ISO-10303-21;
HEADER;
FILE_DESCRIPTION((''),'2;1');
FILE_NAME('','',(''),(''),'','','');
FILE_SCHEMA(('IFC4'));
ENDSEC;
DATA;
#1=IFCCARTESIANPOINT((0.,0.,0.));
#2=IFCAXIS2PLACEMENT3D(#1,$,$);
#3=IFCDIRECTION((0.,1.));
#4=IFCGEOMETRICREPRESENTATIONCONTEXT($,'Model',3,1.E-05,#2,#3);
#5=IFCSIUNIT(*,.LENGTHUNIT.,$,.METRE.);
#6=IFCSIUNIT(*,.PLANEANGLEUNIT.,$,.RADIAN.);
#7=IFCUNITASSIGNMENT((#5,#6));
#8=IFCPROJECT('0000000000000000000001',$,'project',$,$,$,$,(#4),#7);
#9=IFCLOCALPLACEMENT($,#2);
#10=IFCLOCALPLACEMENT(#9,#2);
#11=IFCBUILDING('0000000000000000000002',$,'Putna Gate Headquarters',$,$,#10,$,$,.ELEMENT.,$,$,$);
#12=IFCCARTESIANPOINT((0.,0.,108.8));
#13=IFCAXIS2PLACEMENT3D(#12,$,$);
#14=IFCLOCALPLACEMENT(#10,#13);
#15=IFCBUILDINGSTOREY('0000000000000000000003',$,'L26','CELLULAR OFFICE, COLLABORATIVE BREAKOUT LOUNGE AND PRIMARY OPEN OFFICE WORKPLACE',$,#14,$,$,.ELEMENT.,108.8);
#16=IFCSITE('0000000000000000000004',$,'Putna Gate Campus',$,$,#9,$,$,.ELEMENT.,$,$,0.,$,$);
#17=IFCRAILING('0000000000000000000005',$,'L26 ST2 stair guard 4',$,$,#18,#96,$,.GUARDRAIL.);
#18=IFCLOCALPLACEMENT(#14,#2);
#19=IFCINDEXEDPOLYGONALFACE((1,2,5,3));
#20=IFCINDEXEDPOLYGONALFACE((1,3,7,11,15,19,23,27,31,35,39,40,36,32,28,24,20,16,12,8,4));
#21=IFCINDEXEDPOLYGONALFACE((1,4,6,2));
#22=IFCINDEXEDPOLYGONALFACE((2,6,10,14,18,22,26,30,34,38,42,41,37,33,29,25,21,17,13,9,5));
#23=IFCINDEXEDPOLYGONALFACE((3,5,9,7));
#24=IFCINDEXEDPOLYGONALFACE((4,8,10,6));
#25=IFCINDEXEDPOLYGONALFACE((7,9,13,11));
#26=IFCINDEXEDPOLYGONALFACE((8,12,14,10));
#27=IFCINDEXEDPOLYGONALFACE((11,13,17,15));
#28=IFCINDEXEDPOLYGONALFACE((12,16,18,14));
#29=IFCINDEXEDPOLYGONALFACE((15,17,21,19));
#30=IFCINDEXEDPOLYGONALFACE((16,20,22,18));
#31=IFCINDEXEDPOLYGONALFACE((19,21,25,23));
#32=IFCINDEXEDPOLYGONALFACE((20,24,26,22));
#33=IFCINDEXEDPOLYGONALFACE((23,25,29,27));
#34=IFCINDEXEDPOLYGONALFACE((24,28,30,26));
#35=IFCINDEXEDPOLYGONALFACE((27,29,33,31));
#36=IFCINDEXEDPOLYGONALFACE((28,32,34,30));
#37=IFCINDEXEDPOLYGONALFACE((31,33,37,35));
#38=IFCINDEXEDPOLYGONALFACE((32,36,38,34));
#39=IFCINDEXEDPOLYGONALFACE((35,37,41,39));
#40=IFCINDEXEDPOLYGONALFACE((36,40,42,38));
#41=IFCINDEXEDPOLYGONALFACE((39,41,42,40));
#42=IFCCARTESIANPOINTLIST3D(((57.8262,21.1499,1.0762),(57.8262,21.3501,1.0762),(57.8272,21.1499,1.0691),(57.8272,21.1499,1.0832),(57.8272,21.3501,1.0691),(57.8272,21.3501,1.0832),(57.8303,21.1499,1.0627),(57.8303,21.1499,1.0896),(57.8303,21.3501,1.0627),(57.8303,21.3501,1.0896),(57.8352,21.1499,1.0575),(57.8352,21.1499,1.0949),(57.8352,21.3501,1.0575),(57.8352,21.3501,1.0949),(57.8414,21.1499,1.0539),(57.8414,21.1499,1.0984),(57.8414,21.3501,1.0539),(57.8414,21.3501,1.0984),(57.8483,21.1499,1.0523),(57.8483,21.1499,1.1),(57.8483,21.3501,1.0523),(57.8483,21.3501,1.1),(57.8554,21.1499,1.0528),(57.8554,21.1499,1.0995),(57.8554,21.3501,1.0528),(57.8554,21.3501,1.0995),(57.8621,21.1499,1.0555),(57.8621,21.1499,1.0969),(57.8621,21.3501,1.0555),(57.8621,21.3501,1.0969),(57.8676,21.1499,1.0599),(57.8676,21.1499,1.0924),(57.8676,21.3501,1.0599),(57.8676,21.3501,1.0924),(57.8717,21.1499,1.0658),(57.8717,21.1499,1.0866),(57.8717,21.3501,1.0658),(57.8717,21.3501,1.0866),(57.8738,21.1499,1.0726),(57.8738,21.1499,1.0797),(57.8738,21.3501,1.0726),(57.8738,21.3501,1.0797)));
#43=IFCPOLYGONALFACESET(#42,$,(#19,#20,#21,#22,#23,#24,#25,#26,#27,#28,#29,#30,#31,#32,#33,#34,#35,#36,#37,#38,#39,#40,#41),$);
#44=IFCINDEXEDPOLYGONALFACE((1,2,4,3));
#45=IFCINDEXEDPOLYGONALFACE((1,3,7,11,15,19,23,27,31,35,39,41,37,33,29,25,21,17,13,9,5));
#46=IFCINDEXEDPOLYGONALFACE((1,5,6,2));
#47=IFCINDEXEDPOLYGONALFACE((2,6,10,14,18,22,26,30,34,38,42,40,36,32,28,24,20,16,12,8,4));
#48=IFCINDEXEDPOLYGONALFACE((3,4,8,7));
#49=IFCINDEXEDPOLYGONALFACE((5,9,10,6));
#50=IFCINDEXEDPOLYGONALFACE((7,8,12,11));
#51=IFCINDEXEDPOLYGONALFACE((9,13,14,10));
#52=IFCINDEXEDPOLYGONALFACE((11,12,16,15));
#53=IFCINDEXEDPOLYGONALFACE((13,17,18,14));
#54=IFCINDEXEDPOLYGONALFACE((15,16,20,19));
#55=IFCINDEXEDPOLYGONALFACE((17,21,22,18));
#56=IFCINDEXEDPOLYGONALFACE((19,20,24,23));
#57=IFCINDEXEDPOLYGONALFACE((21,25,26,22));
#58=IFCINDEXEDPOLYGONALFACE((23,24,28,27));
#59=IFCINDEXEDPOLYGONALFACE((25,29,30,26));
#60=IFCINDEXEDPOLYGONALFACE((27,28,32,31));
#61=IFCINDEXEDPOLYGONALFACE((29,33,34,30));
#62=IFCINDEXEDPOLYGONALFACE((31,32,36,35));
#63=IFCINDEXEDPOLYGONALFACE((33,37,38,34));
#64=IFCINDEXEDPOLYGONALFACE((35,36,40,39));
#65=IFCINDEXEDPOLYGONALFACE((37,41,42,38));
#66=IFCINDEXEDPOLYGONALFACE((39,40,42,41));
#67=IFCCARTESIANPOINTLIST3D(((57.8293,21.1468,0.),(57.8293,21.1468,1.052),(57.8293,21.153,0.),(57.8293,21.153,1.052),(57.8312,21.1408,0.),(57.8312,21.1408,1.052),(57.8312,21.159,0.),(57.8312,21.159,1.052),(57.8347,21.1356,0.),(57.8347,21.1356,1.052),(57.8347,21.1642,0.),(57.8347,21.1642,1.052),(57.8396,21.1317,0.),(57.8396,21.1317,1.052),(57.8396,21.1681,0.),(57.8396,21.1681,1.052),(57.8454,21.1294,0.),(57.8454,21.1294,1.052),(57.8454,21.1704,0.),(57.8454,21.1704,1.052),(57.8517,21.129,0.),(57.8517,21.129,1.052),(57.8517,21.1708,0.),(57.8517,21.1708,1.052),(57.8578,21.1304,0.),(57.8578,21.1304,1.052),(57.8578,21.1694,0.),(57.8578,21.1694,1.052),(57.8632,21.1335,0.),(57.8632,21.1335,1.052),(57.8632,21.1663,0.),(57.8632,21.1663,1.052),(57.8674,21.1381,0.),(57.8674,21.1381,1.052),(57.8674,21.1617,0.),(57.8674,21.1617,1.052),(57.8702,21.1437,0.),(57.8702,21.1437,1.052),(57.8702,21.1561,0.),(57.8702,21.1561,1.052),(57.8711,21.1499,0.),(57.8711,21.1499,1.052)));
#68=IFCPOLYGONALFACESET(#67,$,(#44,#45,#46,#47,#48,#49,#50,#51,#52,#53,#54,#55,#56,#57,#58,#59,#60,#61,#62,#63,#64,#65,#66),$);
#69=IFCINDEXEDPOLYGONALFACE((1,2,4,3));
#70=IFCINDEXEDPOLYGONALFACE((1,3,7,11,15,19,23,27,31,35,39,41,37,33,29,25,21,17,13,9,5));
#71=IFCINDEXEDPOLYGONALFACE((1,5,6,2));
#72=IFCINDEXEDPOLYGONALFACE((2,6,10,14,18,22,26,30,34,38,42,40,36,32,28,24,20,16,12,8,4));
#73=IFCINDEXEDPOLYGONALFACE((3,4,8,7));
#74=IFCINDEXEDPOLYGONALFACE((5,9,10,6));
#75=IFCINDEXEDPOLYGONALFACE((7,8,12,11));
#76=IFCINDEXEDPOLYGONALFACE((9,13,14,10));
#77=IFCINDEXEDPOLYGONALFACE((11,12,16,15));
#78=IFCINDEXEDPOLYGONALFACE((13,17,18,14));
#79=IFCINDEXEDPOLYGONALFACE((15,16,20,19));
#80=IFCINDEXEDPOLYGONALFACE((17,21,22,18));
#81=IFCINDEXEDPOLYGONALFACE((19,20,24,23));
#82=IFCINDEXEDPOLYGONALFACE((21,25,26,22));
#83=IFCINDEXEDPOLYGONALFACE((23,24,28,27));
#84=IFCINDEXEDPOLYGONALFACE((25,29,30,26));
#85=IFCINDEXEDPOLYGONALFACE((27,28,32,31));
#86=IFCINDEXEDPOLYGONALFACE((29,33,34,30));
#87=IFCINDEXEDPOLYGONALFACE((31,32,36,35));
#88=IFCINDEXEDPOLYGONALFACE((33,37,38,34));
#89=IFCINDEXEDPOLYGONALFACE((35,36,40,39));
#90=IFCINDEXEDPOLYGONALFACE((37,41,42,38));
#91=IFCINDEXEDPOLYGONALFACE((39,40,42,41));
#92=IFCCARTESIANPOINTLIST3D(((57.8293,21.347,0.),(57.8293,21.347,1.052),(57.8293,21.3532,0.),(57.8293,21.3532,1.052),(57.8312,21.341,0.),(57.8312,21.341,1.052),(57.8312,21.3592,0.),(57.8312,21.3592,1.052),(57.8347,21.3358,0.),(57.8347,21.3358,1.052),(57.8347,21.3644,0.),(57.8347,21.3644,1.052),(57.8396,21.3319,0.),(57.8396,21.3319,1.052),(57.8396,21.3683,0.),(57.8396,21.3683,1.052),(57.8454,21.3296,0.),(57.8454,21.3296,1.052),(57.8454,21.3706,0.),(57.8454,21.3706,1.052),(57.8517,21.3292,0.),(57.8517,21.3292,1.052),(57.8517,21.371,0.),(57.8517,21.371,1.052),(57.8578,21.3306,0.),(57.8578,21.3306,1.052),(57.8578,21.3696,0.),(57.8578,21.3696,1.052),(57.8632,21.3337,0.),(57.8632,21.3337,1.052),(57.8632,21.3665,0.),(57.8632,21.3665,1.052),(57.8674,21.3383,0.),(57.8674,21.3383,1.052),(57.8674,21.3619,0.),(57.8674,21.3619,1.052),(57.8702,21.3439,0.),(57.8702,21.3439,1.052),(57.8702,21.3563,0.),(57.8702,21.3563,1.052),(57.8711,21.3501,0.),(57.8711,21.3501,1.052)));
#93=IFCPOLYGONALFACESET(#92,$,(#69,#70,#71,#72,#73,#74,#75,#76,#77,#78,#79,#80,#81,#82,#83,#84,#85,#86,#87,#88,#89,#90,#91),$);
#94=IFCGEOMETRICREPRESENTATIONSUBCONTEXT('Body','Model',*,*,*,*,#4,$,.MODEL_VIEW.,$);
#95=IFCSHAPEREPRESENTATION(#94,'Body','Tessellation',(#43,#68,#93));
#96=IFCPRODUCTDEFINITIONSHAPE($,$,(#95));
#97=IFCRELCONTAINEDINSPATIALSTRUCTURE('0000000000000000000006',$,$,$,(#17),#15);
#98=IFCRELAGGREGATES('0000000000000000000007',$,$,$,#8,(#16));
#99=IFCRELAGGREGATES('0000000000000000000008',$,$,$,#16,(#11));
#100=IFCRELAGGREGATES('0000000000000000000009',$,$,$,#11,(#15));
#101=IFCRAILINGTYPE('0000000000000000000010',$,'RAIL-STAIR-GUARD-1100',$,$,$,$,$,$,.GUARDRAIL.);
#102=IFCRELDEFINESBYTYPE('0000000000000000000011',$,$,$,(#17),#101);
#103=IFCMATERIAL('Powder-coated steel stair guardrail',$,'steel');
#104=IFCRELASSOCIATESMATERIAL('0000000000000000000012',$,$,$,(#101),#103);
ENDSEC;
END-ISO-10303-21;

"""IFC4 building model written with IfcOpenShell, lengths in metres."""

from ifc_helpers import new_model, si_unit, direction, frame, origin, origin_2d, place, context, subcontext, project, spatial, circle, extrude, material, type_object, element, save


model = new_model("IFC4")

# Units and contexts
model_context = context("Model", 3, precision=1e-05, world=origin(), true_north=direction((0.0, 1.0)))
body_context = subcontext(model_context, "Body", "Model", "MODEL_VIEW")
ifc_project = project(units=[si_unit("LENGTHUNIT", "METRE"), si_unit("PLANEANGLEUNIT", "RADIAN")], contexts=[model_context])

# Site, building, storey
site_placement = place(None, origin())
site = spatial("IfcSite", under=ifc_project, at=site_placement, Name="Putna Gate Campus", CompositionType="ELEMENT", RefElevation=0.0)
building_placement = place(site_placement, origin())
building = spatial("IfcBuilding", under=site, at=building_placement, Name="Putna Gate Headquarters", CompositionType="ELEMENT")
storey_placement = place(building_placement, frame((0.0, 0.0, 108.8)))
storey = spatial("IfcBuildingStorey", under=building, at=storey_placement, Name="L26", Description="CELLULAR OFFICE, COLLABORATIVE BREAKOUT LOUNGE AND PRIMARY OPEN OFFICE WORKPLACE", CompositionType="ELEMENT", Elevation=108.8)

# Railing
ifc_material_1 = material(Name="Powder-coated steel stair guardrail", Category="steel")
railing_type_1 = type_object("IfcRailingType", Name="RAIL-STAIR-GUARD-1100", PredefinedType="GUARDRAIL", material=ifc_material_1)
railing_1_placement = place(storey_placement, frame((57.8501, 21.1499, 0.0)))
element("IfcRailing", 1, at=railing_1_placement, inside=storey, type_object=railing_type_1, Name="L26 ST2 stair guard 4", PredefinedType="GUARDRAIL", context=body_context, shape_type="SweptSolid", body=[
    extrude(circle(Radius=0.0239, at=origin_2d()), frame((0.0, 0.0, 1.0762), z_axis=(0.0, 1.0, 0.0), x_axis=(-1.0, 0.0, 0.0)), (0.0, 0.0, 1.0), 0.2002),
    extrude(circle(Radius=0.021, at=origin_2d()), origin(), (0.0, 0.0, 1.0), 1.052),
    extrude(circle(Radius=0.021, at=origin_2d()), frame((0.0, 0.2002, 0.0)), (0.0, 0.0, 1.0), 1.052),
])

save(model, "model.ifc")
